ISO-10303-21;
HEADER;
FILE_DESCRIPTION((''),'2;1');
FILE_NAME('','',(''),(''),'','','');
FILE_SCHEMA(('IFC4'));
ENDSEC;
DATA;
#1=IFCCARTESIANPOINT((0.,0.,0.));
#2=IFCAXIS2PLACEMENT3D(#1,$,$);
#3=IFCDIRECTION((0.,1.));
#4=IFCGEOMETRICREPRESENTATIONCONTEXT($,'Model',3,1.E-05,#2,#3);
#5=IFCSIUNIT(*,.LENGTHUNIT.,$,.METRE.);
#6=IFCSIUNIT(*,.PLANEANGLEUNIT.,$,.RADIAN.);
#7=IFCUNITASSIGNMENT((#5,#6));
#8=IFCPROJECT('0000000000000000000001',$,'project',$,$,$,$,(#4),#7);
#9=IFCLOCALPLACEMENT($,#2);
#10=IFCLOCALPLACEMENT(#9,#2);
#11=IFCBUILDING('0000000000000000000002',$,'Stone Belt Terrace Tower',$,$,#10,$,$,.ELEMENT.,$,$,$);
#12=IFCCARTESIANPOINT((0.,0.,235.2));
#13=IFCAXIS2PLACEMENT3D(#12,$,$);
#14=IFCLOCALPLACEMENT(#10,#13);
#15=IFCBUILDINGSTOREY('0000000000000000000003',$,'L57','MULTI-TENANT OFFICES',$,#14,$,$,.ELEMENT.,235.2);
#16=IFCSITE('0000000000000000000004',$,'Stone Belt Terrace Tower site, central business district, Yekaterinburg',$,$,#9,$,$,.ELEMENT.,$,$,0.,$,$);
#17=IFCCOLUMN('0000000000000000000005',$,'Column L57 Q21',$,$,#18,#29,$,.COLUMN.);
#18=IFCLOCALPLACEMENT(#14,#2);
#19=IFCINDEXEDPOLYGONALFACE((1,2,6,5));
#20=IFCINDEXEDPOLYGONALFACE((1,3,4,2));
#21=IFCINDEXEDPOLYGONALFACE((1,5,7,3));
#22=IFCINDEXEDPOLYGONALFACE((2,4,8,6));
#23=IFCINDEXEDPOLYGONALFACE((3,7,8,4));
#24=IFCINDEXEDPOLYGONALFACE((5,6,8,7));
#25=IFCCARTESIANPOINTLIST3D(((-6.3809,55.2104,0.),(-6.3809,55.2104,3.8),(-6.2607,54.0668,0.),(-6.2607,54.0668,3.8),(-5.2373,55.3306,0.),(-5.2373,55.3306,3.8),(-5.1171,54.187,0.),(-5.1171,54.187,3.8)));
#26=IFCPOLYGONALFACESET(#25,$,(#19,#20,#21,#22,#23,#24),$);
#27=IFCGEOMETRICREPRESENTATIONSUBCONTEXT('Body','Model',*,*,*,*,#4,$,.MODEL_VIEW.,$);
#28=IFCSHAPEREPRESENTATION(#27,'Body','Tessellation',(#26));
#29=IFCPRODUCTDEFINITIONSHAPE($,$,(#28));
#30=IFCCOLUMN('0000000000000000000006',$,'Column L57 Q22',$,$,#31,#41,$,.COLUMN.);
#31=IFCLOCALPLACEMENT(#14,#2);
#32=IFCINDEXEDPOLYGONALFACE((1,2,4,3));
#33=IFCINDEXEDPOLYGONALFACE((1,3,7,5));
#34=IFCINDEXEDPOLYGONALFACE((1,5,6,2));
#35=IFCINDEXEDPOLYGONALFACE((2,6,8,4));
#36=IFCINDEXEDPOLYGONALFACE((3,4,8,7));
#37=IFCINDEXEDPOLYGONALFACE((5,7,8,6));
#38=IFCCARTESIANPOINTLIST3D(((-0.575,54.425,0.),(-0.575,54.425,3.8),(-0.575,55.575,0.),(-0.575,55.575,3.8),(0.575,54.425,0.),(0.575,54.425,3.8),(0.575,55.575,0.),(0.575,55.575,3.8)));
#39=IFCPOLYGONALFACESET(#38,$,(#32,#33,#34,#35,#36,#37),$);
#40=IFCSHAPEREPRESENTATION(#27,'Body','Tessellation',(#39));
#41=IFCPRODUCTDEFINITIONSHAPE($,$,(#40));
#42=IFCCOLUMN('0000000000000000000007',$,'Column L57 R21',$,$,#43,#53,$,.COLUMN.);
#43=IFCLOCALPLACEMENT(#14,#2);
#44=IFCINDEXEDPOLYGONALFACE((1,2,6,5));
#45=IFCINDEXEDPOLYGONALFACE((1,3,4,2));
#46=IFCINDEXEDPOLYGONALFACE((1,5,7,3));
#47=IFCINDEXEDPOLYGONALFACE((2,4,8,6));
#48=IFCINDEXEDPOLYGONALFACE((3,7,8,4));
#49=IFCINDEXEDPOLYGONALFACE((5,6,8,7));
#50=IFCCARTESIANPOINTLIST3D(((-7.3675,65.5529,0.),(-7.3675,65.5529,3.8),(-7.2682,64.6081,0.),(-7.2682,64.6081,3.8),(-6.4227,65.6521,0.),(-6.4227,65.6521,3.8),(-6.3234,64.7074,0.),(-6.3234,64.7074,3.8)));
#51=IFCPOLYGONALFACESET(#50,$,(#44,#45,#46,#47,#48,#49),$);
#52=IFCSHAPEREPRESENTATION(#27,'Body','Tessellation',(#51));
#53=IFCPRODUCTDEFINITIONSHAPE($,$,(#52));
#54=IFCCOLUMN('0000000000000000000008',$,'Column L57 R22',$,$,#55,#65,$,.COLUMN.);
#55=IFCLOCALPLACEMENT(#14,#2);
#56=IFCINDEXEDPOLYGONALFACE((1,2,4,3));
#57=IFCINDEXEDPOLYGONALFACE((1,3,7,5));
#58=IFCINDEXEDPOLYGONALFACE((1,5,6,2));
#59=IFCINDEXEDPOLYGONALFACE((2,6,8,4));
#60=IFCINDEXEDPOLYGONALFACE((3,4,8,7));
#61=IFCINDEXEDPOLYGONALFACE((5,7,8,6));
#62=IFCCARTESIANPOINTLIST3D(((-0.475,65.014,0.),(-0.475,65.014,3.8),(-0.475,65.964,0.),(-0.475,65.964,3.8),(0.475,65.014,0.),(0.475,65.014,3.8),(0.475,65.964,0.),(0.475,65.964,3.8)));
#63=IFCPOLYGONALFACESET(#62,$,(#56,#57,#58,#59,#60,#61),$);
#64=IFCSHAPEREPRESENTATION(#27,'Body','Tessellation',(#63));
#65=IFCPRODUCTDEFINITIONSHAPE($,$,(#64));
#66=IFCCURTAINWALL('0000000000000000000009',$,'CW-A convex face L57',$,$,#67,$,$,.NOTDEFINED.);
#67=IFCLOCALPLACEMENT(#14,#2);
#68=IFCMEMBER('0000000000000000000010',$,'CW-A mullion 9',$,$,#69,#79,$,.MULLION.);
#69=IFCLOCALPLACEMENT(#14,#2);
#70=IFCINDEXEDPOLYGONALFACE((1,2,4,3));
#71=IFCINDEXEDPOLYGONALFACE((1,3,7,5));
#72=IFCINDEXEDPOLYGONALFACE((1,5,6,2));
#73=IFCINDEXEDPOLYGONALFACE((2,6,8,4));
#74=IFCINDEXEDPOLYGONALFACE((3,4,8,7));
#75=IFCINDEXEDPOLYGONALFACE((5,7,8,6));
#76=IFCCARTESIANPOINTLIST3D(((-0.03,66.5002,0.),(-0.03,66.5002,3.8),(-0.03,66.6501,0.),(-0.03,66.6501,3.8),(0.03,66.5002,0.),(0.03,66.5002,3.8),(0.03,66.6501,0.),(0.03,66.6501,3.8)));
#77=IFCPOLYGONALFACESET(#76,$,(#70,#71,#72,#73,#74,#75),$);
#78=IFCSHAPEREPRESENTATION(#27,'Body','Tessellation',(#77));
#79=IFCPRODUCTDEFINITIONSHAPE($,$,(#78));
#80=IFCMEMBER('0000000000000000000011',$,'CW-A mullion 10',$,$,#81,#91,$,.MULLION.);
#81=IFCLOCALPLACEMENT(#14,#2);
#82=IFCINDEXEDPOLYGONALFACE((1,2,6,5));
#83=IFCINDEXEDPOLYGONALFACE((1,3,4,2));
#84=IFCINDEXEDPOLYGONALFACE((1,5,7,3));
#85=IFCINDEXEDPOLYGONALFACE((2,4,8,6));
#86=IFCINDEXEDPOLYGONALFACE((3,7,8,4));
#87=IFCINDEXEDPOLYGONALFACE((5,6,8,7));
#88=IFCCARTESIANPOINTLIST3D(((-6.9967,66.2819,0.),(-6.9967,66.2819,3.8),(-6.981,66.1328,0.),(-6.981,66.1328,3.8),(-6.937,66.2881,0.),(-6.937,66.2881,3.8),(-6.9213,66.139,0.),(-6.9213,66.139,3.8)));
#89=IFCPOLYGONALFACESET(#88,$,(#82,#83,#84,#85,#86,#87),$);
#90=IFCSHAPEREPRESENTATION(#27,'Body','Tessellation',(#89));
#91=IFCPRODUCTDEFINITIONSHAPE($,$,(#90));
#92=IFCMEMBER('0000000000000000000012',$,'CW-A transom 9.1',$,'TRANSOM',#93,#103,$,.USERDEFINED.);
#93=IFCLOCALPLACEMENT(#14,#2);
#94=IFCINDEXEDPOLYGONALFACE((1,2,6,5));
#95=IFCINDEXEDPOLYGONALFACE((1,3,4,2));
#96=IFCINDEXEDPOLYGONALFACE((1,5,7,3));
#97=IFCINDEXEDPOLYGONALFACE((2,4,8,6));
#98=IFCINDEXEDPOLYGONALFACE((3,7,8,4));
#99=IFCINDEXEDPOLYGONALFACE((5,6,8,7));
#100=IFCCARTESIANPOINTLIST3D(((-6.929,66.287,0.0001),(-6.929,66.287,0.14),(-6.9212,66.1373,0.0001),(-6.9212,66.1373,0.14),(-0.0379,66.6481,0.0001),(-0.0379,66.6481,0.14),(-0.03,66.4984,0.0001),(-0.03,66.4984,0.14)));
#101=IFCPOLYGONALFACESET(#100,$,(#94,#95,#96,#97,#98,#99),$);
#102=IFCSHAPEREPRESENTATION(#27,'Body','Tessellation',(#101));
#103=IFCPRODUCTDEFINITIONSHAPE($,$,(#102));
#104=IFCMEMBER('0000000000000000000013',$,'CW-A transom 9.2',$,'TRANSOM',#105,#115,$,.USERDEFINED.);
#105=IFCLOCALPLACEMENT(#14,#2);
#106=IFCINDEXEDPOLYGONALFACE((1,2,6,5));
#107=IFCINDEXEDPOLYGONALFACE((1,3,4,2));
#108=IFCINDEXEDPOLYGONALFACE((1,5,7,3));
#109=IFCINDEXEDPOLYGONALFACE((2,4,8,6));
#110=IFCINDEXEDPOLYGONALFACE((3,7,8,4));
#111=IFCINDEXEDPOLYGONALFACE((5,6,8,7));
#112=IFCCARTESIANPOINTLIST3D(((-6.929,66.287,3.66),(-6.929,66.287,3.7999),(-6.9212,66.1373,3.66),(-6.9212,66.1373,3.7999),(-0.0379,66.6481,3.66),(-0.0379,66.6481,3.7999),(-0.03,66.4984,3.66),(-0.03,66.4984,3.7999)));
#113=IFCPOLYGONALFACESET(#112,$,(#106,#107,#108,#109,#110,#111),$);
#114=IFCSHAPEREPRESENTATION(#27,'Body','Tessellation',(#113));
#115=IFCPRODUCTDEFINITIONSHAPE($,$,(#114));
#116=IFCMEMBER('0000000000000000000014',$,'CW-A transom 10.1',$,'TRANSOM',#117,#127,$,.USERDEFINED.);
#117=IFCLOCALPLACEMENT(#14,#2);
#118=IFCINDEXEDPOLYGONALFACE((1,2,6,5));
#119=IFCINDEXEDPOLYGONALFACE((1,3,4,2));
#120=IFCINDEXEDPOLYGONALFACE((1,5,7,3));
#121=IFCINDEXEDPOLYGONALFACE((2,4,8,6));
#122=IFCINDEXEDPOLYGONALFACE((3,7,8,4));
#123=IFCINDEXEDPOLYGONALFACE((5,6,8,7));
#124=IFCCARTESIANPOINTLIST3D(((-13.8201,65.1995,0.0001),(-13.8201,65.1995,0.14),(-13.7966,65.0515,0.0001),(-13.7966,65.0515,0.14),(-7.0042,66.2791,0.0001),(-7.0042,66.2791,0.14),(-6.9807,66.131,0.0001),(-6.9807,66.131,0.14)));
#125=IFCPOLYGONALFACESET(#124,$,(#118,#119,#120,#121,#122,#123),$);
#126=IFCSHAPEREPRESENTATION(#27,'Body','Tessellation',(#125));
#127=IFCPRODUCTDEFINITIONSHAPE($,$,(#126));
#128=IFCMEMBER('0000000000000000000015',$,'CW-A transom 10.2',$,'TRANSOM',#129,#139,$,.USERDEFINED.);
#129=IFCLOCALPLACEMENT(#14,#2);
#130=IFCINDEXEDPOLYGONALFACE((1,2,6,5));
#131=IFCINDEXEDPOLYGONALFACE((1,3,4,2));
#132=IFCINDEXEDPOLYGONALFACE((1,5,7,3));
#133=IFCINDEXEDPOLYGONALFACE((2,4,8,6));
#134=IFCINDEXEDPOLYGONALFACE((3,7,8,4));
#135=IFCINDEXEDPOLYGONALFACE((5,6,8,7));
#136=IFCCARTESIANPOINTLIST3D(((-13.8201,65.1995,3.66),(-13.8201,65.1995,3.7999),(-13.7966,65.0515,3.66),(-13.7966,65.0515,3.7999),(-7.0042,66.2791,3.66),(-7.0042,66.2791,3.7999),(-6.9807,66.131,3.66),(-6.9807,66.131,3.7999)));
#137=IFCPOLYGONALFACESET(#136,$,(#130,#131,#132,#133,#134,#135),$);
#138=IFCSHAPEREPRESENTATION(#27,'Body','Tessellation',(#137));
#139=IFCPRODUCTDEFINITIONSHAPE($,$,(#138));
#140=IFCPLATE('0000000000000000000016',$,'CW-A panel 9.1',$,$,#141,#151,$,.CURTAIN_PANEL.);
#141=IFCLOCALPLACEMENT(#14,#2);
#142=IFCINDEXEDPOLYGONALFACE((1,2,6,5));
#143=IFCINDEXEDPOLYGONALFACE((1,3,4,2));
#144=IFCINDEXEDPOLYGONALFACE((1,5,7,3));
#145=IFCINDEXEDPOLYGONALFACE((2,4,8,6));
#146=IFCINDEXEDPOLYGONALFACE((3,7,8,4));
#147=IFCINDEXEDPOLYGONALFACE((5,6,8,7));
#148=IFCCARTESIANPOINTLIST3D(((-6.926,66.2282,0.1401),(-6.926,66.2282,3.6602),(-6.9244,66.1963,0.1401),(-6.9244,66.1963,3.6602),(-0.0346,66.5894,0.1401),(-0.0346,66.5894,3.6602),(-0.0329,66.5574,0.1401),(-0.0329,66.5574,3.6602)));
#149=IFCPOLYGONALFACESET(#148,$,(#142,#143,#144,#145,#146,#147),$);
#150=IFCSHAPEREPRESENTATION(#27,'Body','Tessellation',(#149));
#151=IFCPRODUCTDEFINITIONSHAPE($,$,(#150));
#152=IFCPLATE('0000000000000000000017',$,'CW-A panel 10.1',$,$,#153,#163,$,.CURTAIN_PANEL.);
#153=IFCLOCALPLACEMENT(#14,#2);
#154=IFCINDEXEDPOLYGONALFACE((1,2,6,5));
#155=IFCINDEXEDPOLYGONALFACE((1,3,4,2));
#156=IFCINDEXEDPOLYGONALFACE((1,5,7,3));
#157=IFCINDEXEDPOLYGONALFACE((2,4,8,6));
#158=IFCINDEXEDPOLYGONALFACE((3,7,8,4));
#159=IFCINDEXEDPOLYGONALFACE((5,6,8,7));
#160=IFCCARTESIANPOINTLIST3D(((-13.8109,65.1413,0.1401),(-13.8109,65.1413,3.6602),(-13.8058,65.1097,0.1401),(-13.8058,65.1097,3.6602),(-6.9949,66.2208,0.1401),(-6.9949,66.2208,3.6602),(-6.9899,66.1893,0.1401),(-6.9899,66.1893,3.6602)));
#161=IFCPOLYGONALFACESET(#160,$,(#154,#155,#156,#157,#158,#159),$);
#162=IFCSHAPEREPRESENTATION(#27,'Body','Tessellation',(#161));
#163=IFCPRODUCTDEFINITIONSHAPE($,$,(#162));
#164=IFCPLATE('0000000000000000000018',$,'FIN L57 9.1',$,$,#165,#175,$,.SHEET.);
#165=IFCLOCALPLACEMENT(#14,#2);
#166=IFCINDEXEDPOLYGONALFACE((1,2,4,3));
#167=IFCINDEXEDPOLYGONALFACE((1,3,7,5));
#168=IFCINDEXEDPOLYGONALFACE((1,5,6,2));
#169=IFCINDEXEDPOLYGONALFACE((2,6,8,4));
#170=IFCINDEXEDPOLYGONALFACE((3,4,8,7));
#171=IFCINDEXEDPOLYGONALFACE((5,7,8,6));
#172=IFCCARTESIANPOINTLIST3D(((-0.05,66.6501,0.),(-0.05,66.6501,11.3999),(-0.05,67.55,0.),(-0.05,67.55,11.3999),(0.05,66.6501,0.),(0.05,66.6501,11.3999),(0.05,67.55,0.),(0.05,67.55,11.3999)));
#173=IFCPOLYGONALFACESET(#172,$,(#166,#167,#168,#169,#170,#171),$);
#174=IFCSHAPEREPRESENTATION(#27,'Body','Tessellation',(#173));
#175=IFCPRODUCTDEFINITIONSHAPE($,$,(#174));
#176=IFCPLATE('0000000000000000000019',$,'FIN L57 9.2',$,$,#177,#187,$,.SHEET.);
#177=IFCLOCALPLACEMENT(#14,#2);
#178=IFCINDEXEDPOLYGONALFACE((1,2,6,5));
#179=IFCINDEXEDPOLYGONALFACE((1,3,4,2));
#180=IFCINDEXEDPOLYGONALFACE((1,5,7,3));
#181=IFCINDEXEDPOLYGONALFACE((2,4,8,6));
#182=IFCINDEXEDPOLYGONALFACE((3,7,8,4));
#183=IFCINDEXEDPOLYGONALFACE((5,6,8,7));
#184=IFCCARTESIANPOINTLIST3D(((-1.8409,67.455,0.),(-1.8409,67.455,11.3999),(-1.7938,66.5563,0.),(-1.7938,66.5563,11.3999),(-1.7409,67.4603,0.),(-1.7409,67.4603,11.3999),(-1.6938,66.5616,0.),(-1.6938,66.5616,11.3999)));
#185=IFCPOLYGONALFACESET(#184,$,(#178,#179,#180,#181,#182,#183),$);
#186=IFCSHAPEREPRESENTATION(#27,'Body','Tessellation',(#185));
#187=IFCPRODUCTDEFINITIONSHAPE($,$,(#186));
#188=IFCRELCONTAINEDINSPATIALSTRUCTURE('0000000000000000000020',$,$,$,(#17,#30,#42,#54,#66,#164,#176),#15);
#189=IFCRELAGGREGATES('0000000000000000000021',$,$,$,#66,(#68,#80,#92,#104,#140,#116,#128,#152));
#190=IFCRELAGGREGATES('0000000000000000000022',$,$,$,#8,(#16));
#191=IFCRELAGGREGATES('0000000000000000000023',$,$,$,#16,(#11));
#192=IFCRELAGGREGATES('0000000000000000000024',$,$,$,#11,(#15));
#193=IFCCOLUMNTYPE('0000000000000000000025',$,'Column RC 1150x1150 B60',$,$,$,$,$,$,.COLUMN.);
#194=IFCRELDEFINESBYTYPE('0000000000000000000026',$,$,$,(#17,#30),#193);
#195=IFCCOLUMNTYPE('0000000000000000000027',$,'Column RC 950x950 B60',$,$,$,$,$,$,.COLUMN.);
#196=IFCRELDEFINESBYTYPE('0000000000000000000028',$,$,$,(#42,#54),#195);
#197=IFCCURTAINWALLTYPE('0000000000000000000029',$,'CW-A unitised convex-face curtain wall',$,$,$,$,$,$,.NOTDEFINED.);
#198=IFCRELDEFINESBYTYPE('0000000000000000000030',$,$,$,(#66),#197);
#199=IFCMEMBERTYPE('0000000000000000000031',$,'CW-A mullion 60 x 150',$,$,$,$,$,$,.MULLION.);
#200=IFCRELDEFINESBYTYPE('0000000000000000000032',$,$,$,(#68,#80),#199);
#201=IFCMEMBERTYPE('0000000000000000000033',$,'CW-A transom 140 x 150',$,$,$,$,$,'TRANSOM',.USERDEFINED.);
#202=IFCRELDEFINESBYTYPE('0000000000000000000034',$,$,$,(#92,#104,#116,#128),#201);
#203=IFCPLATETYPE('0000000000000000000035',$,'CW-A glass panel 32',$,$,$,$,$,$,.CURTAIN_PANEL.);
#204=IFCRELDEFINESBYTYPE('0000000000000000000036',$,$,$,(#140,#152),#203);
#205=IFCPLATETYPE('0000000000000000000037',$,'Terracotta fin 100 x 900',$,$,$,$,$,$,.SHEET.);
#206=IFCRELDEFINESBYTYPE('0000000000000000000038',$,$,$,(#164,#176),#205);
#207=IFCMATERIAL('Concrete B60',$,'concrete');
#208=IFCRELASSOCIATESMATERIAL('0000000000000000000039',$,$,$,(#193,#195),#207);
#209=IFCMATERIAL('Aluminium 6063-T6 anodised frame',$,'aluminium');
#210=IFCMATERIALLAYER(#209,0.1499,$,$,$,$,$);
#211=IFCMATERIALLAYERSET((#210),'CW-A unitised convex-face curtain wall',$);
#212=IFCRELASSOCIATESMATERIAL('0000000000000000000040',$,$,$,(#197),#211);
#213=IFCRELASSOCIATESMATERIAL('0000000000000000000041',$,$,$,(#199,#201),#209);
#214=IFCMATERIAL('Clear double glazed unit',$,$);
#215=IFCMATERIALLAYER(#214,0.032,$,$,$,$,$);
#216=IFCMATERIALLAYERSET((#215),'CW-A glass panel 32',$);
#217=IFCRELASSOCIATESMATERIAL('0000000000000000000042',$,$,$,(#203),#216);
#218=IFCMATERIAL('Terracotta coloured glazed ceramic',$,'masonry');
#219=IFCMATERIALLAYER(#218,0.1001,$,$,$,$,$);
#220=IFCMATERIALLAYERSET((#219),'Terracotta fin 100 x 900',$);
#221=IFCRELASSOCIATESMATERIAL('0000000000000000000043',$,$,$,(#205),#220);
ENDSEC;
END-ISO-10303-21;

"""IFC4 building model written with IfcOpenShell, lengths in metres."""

from ifc_helpers import new_model, si_unit, direction, frame, origin, origin_2d, place, context, subcontext, project, spatial, rectangle, extrude, material, layer, layer_set, material_profile, profile_set, type_object, element, aggregate, save


model = new_model("IFC4")

# Units and contexts
model_context = context("Model", 3, precision=1e-05, world=origin(), true_north=direction((0.0, 1.0)))
body_context = subcontext(model_context, "Body", "Model", "MODEL_VIEW")
ifc_project = project(units=[si_unit("LENGTHUNIT", "METRE"), si_unit("PLANEANGLEUNIT", "RADIAN")], contexts=[model_context])

# Site, building, storey
site_placement = place(None, origin())
site = spatial("IfcSite", under=ifc_project, at=site_placement, Name="Stone Belt Terrace Tower site, central business district, Yekaterinburg", CompositionType="ELEMENT", RefElevation=0.0)
building_placement = place(site_placement, origin())
building = spatial("IfcBuilding", under=site, at=building_placement, Name="Stone Belt Terrace Tower", CompositionType="ELEMENT")
storey_placement = place(building_placement, frame((0.0, 0.0, 235.2)))
storey = spatial("IfcBuildingStorey", under=building, at=storey_placement, Name="L57", Description="MULTI-TENANT OFFICES", CompositionType="ELEMENT", Elevation=235.2)

# Columns
ifc_material_1 = material(Name="Concrete B60", Category="concrete")
ifc_material_profile_1 = material_profile(ifc_material_1, rectangle(XDim=1.1499, YDim=1.1499, at=origin_2d()), Name="RC 1150x1150")
ifc_profile_set_1 = profile_set([ifc_material_profile_1], Name="Concrete B60")
column_type_1 = type_object("IfcColumnType", Name="Column RC 1150x1150 B60", PredefinedType="COLUMN", material=ifc_profile_set_1)
for number, where, z_axis, x_axis, name in (
    (1, (-5.749, 54.6987, 0.0), (0.0, 0.0, 1.0), (0.994522, 0.104528, 0.0), "Column L57 Q21"),
    (2, (0.0, 55.0, 0.0), (0.0, 0.0, 1.0), (1.0, 0.0, 0.0), "Column L57 Q22"),
):
    element("IfcColumn", number, at=place(storey_placement, frame(where, z_axis=z_axis, x_axis=x_axis)), inside=storey, type_object=column_type_1, Name=name, PredefinedType="COLUMN", context=body_context, shape_type="SweptSolid", body=[
        extrude(rectangle(XDim=1.1499, YDim=1.1499, at=origin_2d()), origin(), (0.0, 0.0, 1.0), 3.8),
    ])
ifc_material_profile_2 = material_profile(ifc_material_1, rectangle(XDim=0.95, YDim=0.95, at=origin_2d()), Name="RC 950x950")
ifc_profile_set_2 = profile_set([ifc_material_profile_2], Name="Concrete B60")
column_type_2 = type_object("IfcColumnType", Name="Column RC 950x950 B60", PredefinedType="COLUMN", material=ifc_profile_set_2)
for number, where, z_axis, x_axis, name in (
    (3, (-6.8455, 65.1301, 0.0), (0.0, 0.0, 1.0), (0.994522, 0.104528, 0.0), "Column L57 R21"),
    (4, (0.0, 65.489, 0.0), (0.0, 0.0, 1.0), (1.0, 0.0, 0.0), "Column L57 R22"),
):
    element("IfcColumn", number, at=place(storey_placement, frame(where, z_axis=z_axis, x_axis=x_axis)), inside=storey, type_object=column_type_2, Name=name, PredefinedType="COLUMN", context=body_context, shape_type="SweptSolid", body=[
        extrude(rectangle(XDim=0.95, YDim=0.95, at=origin_2d()), origin(), (0.0, 0.0, 1.0), 3.8),
    ])

# Curtain wall, members, plates
ifc_material_2 = material(Name="Aluminium 6063-T6 anodised frame", Category="aluminium")
ifc_layer_1 = layer(ifc_material_2, 0.1499)
ifc_layer_set_1 = layer_set([ifc_layer_1], Name="CW-A unitised convex-face curtain wall")
curtain_wall_type = type_object("IfcCurtainWallType", Name="CW-A unitised convex-face curtain wall", PredefinedType="NOTDEFINED", material=ifc_layer_set_1)
curtain_wall_placement = place(storey_placement, origin())
curtain_wall = element("IfcCurtainWall", 5, at=curtain_wall_placement, inside=storey, type_object=curtain_wall_type, Name="CW-A convex face L57", PredefinedType="NOTDEFINED")
ifc_material_profile_3 = material_profile(ifc_material_2, rectangle(XDim=0.1499, YDim=0.0601, at=origin_2d()), Name="Aluminium 6063-T6 60x150")
ifc_profile_set_3 = profile_set([ifc_material_profile_3], Name="Aluminium 6063-T6 anodised frame")
member_type_1 = type_object("IfcMemberType", Name="CW-A mullion 60 x 150", PredefinedType="MULLION", material=ifc_profile_set_3)
member_1_placement = place(storey_placement, frame((0.0, 66.5752, 0.0), z_axis=(0.0, 0.0, 1.0), x_axis=(0.0, -1.0, 0.0)))
member_1 = element("IfcMember", 6, at=member_1_placement, type_object=member_type_1, Name="CW-A mullion 9", PredefinedType="MULLION", context=body_context, shape_type="SweptSolid", body=[
    extrude(rectangle(XDim=0.1499, YDim=0.0601, at=origin_2d()), origin(), (0.0, 0.0, 1.0), 3.8),
])
member_2_placement = place(storey_placement, frame((-6.959, 66.2104, 0.0), z_axis=(0.0, 0.0, 1.0), x_axis=(0.104528, -0.994522, 0.0)))
member_2 = element("IfcMember", 7, at=member_2_placement, type_object=member_type_1, Name="CW-A mullion 10", PredefinedType="MULLION", context=body_context, shape_type="SweptSolid", body=[
    extrude(rectangle(XDim=0.1499, YDim=0.0601, at=origin_2d()), origin(), (0.0, 0.0, 1.0), 3.8),
])
ifc_material_profile_4 = material_profile(ifc_material_2, rectangle(XDim=0.1499, YDim=0.1399, at=origin_2d()), Name="Aluminium 6063-T6 150x140")
ifc_profile_set_4 = profile_set([ifc_material_profile_4], Name="Aluminium 6063-T6 anodised frame")
member_type_2 = type_object("IfcMemberType", Name="CW-A transom 140 x 150", ElementType="TRANSOM", PredefinedType="USERDEFINED", material=ifc_profile_set_4)
member_3_placement = place(storey_placement, frame((-0.0339, 66.5732, 0.0701), z_axis=(-0.99863, -0.052327, 0.0), x_axis=(0.052327, -0.99863, 0.0)))
member_3 = element("IfcMember", 8, at=member_3_placement, type_object=member_type_2, Name="CW-A transom 9.1", ObjectType="TRANSOM", PredefinedType="USERDEFINED", context=body_context, shape_type="SweptSolid", body=[
    extrude(rectangle(XDim=0.1499, YDim=0.1399, at=origin_2d()), origin(), (0.0, 0.0, 1.0), 6.9006),
])
member_4_placement = place(storey_placement, frame((-0.0339, 66.5732, 3.73), z_axis=(-0.99863, -0.052327, 0.0), x_axis=(0.052327, -0.99863, 0.0)))
member_4 = element("IfcMember", 9, at=member_4_placement, type_object=member_type_2, Name="CW-A transom 9.2", ObjectType="TRANSOM", PredefinedType="USERDEFINED", context=body_context, shape_type="SweptSolid", body=[
    extrude(rectangle(XDim=0.1499, YDim=0.1399, at=origin_2d()), origin(), (0.0, 0.0, 1.0), 6.9006),
])
member_5_placement = place(storey_placement, frame((-6.9924, 66.2051, 0.0701), z_axis=(-0.987687, -0.156442, 0.0), x_axis=(0.156442, -0.987687, 0.0)))
member_5 = element("IfcMember", 10, at=member_5_placement, type_object=member_type_2, Name="CW-A transom 10.1", ObjectType="TRANSOM", PredefinedType="USERDEFINED", context=body_context, shape_type="SweptSolid", body=[
    extrude(rectangle(XDim=0.1499, YDim=0.1399, at=origin_2d()), origin(), (0.0, 0.0, 1.0), 6.9009),
])
member_6_placement = place(storey_placement, frame((-6.9924, 66.2051, 3.73), z_axis=(-0.987687, -0.156442, 0.0), x_axis=(0.156442, -0.987687, 0.0)))
member_6 = element("IfcMember", 11, at=member_6_placement, type_object=member_type_2, Name="CW-A transom 10.2", ObjectType="TRANSOM", PredefinedType="USERDEFINED", context=body_context, shape_type="SweptSolid", body=[
    extrude(rectangle(XDim=0.1499, YDim=0.1399, at=origin_2d()), origin(), (0.0, 0.0, 1.0), 6.9009),
])
ifc_material_3 = material(Name="Clear double glazed unit")
ifc_layer_2 = layer(ifc_material_3, 0.032)
ifc_layer_set_2 = layer_set([ifc_layer_2], Name="CW-A glass panel 32")
plate_type_1 = type_object("IfcPlateType", Name="CW-A glass panel 32", PredefinedType="CURTAIN_PANEL", material=ifc_layer_set_2)
plate_1_placement = place(storey_placement, frame((-3.4795, 66.3928, 0.1401), z_axis=(0.0, 0.0, 1.0), x_axis=(-0.99863, -0.052336, 0.0)))
plate_1 = element("IfcPlate", 12, at=plate_1_placement, type_object=plate_type_1, Name="CW-A panel 9.1", PredefinedType="CURTAIN_PANEL", context=body_context, shape_type="SweptSolid", body=[
    extrude(rectangle(XDim=6.9009, YDim=0.032, at=origin_2d()), origin(), (0.0, 0.0, 1.0), 3.52),
])
plate_2_placement = place(storey_placement, frame((-10.4004, 65.6653, 0.1401), z_axis=(0.0, 0.0, 1.0), x_axis=(-0.987688, -0.156434, 0.0)))
plate_2 = element("IfcPlate", 13, at=plate_2_placement, type_object=plate_type_1, Name="CW-A panel 10.1", PredefinedType="CURTAIN_PANEL", context=body_context, shape_type="SweptSolid", body=[
    extrude(rectangle(XDim=6.9009, YDim=0.032, at=origin_2d()), origin(), (0.0, 0.0, 1.0), 3.52),
])
aggregate(curtain_wall, [member_1, member_2, member_3, member_4, plate_1, member_5, member_6, plate_2])

# Plates
ifc_material_4 = material(Name="Terracotta coloured glazed ceramic", Category="masonry")
ifc_layer_3 = layer(ifc_material_4, 0.1001)
ifc_layer_set_3 = layer_set([ifc_layer_3], Name="Terracotta fin 100 x 900")
plate_type_2 = type_object("IfcPlateType", Name="Terracotta fin 100 x 900", PredefinedType="SHEET", material=ifc_layer_set_3)
for number, where, z_axis, x_axis, name in (
    (14, (0.0, 67.1001, 0.0), (0.0, 0.0, 1.0), (0.0, 1.0, 0.0), "FIN L57 9.1"),
    (15, (-1.7673, 67.0083, 0.0), (0.0, 0.0, 1.0), (-0.052336, 0.99863, 0.0), "FIN L57 9.2"),
):
    element("IfcPlate", number, at=place(storey_placement, frame(where, z_axis=z_axis, x_axis=x_axis)), inside=storey, type_object=plate_type_2, Name=name, PredefinedType="SHEET", context=body_context, shape_type="SweptSolid", body=[
        extrude(rectangle(XDim=0.8999, YDim=0.1001, at=origin_2d()), origin(), (0.0, 0.0, 1.0), 11.3999),
    ])

save(model, "model.ifc")
